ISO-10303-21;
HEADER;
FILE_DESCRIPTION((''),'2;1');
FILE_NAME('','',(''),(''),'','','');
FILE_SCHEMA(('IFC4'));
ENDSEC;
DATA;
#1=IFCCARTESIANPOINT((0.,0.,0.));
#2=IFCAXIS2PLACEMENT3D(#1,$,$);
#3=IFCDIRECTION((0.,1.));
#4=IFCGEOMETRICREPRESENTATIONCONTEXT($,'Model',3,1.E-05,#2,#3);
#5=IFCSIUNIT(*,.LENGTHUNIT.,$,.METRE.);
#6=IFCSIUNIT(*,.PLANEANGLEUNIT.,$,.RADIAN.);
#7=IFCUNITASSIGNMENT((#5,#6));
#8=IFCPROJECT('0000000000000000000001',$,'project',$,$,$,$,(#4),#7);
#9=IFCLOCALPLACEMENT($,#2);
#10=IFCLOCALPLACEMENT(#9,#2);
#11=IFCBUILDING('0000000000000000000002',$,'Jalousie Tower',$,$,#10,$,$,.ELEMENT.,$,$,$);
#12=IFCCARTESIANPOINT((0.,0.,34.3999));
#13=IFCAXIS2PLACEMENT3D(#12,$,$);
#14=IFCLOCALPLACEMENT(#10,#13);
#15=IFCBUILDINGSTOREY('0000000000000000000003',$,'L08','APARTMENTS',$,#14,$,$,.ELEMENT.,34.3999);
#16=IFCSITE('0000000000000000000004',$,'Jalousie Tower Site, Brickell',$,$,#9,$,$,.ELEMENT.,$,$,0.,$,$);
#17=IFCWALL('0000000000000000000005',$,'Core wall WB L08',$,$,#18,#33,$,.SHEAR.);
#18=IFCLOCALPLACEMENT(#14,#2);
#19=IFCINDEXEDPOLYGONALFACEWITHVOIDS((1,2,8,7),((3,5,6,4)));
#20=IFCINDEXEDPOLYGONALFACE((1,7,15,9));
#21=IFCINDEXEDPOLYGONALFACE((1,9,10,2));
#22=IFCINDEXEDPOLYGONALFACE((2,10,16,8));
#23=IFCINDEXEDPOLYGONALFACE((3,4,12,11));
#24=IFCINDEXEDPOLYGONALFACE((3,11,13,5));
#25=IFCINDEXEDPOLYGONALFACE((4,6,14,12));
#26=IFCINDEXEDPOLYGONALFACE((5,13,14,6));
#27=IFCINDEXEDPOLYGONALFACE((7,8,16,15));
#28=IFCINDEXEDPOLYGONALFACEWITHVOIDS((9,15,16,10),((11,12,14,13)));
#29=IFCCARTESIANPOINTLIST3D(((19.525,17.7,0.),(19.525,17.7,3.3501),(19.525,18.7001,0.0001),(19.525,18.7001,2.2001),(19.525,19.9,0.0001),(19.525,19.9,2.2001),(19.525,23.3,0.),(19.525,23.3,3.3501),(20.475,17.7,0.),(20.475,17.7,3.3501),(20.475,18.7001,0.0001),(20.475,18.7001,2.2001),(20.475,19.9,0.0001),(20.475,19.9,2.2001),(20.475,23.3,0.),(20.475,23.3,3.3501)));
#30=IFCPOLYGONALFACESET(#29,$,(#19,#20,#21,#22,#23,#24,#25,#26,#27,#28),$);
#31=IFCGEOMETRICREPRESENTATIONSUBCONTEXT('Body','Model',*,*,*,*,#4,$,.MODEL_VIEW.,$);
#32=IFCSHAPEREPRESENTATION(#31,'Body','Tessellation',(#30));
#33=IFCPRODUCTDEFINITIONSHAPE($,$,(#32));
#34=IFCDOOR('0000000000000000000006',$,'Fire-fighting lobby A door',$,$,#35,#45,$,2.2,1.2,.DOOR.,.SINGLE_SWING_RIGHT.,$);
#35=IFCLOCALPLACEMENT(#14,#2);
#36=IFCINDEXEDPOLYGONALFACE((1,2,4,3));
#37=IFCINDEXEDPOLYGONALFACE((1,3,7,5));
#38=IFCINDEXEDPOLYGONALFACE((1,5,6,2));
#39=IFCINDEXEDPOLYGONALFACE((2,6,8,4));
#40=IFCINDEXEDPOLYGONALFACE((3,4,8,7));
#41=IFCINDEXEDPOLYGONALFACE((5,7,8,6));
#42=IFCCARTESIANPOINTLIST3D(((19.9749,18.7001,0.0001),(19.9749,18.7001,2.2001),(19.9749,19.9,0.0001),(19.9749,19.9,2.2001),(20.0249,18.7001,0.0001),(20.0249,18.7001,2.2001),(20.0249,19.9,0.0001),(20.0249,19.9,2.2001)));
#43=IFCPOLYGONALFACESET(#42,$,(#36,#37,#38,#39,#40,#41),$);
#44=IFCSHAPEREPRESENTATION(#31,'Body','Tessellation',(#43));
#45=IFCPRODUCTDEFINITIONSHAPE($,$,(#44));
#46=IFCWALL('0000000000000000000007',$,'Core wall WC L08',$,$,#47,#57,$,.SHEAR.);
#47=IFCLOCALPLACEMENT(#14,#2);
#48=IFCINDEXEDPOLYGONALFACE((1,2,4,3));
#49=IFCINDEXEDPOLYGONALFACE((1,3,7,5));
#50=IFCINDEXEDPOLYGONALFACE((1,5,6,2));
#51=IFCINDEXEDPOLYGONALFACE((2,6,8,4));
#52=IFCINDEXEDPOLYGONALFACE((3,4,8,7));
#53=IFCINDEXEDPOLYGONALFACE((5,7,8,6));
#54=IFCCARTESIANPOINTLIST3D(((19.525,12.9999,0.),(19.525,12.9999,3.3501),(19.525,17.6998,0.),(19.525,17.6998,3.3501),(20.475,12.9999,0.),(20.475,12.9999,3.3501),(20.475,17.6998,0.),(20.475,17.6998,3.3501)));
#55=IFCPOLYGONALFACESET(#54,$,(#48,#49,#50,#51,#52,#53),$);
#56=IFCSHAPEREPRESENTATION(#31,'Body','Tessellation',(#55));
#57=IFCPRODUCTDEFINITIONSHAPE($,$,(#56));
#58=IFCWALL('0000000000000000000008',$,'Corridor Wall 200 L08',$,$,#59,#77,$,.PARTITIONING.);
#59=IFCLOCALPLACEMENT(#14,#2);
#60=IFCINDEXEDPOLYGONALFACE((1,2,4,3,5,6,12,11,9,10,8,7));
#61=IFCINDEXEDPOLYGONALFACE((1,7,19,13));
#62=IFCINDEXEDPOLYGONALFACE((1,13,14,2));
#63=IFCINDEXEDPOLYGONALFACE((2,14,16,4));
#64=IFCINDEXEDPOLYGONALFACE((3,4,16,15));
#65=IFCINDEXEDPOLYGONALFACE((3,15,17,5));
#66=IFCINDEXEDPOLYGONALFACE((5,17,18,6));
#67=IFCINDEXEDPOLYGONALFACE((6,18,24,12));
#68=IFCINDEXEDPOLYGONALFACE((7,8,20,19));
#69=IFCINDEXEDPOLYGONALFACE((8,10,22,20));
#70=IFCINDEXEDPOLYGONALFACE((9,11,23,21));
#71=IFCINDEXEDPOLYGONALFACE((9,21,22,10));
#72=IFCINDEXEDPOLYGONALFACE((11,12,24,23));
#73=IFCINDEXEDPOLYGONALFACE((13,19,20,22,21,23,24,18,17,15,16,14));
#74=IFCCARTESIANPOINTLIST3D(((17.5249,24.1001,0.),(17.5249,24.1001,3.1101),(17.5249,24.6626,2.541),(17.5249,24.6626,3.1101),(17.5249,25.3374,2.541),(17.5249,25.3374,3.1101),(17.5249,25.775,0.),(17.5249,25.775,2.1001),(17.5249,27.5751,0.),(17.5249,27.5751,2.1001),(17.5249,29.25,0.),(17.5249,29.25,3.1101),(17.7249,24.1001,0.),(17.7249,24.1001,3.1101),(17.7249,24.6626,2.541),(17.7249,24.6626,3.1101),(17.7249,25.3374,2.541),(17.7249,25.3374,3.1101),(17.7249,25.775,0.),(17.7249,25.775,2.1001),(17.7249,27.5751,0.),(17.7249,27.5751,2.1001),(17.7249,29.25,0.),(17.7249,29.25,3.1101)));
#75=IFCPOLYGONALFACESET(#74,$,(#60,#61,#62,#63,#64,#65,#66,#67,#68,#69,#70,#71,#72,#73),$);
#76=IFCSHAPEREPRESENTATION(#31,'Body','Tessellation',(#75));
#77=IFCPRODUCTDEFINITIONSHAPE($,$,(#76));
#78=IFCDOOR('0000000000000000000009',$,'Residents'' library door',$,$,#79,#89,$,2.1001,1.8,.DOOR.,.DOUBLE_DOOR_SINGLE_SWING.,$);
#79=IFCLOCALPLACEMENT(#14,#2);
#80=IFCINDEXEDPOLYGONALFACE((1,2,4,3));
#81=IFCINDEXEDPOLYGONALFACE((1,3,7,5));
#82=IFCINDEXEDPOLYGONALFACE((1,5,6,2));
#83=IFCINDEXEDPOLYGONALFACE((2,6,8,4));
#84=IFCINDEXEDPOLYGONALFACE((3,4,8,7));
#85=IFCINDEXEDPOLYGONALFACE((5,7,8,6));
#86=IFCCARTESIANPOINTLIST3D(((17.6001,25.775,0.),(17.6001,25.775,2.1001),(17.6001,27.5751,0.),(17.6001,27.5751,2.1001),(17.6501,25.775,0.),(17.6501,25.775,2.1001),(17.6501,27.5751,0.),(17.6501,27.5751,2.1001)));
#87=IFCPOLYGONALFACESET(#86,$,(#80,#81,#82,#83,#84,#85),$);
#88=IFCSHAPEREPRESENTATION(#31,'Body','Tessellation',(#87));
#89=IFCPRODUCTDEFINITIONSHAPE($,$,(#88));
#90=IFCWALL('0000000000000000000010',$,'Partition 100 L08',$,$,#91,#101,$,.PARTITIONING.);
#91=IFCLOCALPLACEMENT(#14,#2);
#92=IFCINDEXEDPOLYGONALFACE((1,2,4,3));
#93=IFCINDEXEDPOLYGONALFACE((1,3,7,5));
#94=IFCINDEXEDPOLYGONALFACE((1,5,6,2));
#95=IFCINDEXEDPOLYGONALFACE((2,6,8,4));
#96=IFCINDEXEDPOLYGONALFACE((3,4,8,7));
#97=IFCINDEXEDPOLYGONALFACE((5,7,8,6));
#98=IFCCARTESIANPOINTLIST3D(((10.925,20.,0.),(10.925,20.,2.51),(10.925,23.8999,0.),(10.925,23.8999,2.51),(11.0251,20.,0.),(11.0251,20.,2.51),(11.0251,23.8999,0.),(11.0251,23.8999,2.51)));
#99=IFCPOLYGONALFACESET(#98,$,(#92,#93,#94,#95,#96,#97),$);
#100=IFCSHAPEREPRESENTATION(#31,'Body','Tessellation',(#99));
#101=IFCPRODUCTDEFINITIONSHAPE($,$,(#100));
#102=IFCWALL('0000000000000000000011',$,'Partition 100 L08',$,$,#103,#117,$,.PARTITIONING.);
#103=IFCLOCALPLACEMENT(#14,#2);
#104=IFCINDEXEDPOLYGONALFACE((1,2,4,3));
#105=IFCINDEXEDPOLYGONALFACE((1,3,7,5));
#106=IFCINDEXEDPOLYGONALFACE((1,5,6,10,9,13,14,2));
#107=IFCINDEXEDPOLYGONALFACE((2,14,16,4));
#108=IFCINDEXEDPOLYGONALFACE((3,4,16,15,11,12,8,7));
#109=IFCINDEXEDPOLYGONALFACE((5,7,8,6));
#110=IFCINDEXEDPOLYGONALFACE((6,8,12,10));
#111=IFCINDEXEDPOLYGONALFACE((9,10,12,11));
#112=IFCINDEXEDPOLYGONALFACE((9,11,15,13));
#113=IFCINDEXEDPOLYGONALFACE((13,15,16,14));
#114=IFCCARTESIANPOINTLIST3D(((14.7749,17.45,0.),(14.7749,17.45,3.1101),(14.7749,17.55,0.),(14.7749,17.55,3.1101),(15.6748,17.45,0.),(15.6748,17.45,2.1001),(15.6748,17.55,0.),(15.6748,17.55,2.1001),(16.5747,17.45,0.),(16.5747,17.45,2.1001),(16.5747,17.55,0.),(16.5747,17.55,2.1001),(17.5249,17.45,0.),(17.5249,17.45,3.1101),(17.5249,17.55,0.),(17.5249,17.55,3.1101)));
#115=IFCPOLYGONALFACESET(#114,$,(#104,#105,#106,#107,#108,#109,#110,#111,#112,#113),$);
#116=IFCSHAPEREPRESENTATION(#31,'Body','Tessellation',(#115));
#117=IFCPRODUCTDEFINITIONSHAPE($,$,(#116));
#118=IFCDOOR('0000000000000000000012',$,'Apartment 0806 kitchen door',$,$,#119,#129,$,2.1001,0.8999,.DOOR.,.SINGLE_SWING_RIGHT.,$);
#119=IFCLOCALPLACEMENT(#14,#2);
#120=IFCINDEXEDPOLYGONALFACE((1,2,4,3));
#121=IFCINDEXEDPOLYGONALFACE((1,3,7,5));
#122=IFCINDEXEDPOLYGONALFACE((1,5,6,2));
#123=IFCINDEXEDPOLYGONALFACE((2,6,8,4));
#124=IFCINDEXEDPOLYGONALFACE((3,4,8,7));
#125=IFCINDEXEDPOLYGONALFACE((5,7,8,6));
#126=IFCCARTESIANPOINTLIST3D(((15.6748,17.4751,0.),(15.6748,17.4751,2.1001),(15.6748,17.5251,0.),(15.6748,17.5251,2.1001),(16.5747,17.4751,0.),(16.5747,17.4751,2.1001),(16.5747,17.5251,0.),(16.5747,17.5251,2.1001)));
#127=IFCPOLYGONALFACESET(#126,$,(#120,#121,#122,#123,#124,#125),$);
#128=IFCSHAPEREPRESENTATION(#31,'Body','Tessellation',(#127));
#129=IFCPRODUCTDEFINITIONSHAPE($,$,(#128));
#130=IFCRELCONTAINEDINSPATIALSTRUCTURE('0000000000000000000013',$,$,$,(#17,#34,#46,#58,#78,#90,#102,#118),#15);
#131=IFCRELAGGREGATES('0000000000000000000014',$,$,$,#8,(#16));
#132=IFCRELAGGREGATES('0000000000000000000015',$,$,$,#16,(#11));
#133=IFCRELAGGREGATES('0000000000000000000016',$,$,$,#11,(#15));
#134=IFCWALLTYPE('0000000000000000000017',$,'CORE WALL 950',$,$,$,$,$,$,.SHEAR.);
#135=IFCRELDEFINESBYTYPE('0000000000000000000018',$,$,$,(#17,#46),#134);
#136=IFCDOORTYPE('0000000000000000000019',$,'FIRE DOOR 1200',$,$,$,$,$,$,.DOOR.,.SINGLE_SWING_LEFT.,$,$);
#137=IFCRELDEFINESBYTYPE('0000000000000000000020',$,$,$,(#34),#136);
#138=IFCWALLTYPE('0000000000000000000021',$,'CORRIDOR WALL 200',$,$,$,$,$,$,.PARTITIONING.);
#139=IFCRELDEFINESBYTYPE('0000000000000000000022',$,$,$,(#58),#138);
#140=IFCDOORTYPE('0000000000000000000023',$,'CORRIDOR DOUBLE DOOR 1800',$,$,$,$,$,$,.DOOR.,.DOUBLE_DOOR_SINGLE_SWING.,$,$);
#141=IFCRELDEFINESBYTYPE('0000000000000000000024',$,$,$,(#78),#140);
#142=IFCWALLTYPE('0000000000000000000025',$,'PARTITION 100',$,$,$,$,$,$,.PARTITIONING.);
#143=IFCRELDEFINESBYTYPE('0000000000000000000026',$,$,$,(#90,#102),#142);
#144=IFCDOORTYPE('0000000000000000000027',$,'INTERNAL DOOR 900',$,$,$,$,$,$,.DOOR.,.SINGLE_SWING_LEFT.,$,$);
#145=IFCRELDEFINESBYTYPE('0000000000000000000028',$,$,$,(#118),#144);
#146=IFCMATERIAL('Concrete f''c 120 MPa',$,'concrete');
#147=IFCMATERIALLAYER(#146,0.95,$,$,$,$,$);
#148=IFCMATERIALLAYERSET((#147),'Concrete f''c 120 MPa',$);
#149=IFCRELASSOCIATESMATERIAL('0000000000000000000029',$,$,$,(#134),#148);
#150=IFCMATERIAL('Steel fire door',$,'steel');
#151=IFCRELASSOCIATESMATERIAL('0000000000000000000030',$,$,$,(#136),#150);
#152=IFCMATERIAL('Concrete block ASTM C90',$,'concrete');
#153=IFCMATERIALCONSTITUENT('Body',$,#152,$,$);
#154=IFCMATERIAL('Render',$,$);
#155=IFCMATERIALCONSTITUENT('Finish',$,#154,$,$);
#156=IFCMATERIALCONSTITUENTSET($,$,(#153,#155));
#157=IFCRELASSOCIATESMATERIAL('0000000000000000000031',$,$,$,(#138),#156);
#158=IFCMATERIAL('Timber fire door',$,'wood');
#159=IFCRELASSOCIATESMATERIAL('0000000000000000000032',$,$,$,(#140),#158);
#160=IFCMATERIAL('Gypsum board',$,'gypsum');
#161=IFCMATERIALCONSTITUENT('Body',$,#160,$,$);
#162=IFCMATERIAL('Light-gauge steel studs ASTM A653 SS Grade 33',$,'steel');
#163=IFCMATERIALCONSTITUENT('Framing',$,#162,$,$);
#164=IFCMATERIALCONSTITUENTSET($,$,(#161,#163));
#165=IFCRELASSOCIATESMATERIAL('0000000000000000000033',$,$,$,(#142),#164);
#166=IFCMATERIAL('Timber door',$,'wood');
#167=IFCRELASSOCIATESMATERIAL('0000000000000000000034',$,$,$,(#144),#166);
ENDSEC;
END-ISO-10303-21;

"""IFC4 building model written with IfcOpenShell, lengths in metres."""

from ifc_helpers import new_model, si_unit, direction, frame, frame_2d, origin, place, context, subcontext, project, spatial, polyline, rectangle, outline, extrude, material, layer, layer_set, constituent, constituent_set, type_object, element, fill, save


model = new_model("IFC4")

# Units and contexts
model_context = context("Model", 3, precision=1e-05, world=origin(), true_north=direction((0.0, 1.0)))
body_context = subcontext(model_context, "Body", "Model", "MODEL_VIEW")
ifc_project = project(units=[si_unit("LENGTHUNIT", "METRE"), si_unit("PLANEANGLEUNIT", "RADIAN")], contexts=[model_context])

# Site, building, storey
site_placement = place(None, origin())
site = spatial("IfcSite", under=ifc_project, at=site_placement, Name="Jalousie Tower Site, Brickell", CompositionType="ELEMENT", RefElevation=0.0)
building_placement = place(site_placement, origin())
building = spatial("IfcBuilding", under=site, at=building_placement, Name="Jalousie Tower", CompositionType="ELEMENT")
storey_placement = place(building_placement, frame((0.0, 0.0, 34.3999)))
storey = spatial("IfcBuildingStorey", under=building, at=storey_placement, Name="L08", Description="APARTMENTS", CompositionType="ELEMENT", Elevation=34.3999)

# Shared definitions
ifc_material_1 = material(Name="Concrete f'c 120 MPa", Category="concrete")
ifc_layer_1 = layer(ifc_material_1, 0.95)
ifc_layer_set_1 = layer_set([ifc_layer_1], Name="Concrete f'c 120 MPa")
wall_type_1 = type_object("IfcWallType", Name="CORE WALL 950", PredefinedType="SHEAR", material=ifc_layer_set_1)

# Wall, opening, door
wall_1_placement = place(storey_placement, frame((20.0, 23.3, 0.0), z_axis=(0.0, 0.0, 1.0), x_axis=(0.0, -1.0, 0.0)))
wall_1 = element("IfcWall", 1, at=wall_1_placement, inside=storey, type_object=wall_type_1, Name="Core wall WB L08", PredefinedType="SHEAR", context=body_context, shape_type="SweptSolid", body=[
    extrude(rectangle(XDim=5.6001, YDim=0.95, at=frame_2d((2.8, 0.0))), origin(), (0.0, 0.0, 1.0), 3.3501),
])
opening_1_placement = place(wall_1_placement, frame((3.3999, 0.0, 0.0)))
opening_1 = element("IfcOpeningElement", 2, at=opening_1_placement, cuts=wall_1, PredefinedType="OPENING", context=body_context, shape_type="SweptSolid", body=[
    extrude(rectangle(XDim=1.2, YDim=2.2, at=frame_2d((0.6001, 1.1001))), frame((0.0, 0.4849, 0.0), z_axis=(0.0, -1.0, 0.0), x_axis=(1.0, 0.0, 0.0)), (0.0, 0.0, 1.0), 0.97),
])
ifc_material_2 = material(Name="Steel fire door", Category="steel")
door_type_1 = type_object("IfcDoorType", Name="FIRE DOOR 1200", OperationType="SINGLE_SWING_LEFT", PredefinedType="DOOR", material=ifc_material_2)
door_1_placement = place(opening_1_placement, origin())
door_1 = element("IfcDoor", 3, at=door_1_placement, inside=storey, type_object=door_type_1, Name="Fire-fighting lobby A door", OperationType="SINGLE_SWING_RIGHT", OverallHeight=2.2, OverallWidth=1.2, PredefinedType="DOOR", context=body_context, shape_type="SweptSolid", body=[
    extrude(rectangle(XDim=1.2, YDim=2.2, at=frame_2d((0.6001, 1.1001))), frame((0.0, 0.0249, 0.0), z_axis=(0.0, -1.0, 0.0), x_axis=(1.0, 0.0, 0.0)), (0.0, 0.0, 1.0), 0.05),
])
fill(opening_1, door_1)

# Wall
wall_2_placement = place(storey_placement, frame((20.0, 17.7, 0.0), z_axis=(0.0, 0.0, 1.0), x_axis=(0.0, -1.0, 0.0)))
element("IfcWall", 4, at=wall_2_placement, inside=storey, type_object=wall_type_1, Name="Core wall WC L08", PredefinedType="SHEAR", context=body_context, shape_type="SweptSolid", body=[
    extrude(rectangle(XDim=4.7, YDim=0.95, at=frame_2d((2.3501, 0.0))), origin(), (0.0, 0.0, 1.0), 3.3501),
])

# Wall, opening, door
ifc_material_3 = material(Name="Concrete block ASTM C90", Category="concrete")
ifc_constituent_1 = constituent(ifc_material_3, Name="Body")
ifc_material_4 = material(Name="Render")
ifc_constituent_2 = constituent(ifc_material_4, Name="Finish")
ifc_constituent_set_1 = constituent_set(constituents=[ifc_constituent_1, ifc_constituent_2])
wall_type_2 = type_object("IfcWallType", Name="CORRIDOR WALL 200", PredefinedType="PARTITIONING", material=ifc_constituent_set_1)
wall_3_placement = place(storey_placement, frame((17.625, 24.1001, 0.0), z_axis=(0.0, 0.0, 1.0), x_axis=(0.0, 1.0, 0.0)))
wall_3 = element("IfcWall", 5, at=wall_3_placement, inside=storey, type_object=wall_type_2, Name="Corridor Wall 200 L08", PredefinedType="PARTITIONING", context=body_context, shape_type="SweptSolid", body=[
    extrude(outline(polyline([(0.0, 0.0), (5.1499, 0.0), (5.1499, 3.1101), (1.2373, 3.1101), (1.2373, 2.541), (0.5625, 2.541), (0.5625, 3.1101), (0.0, 3.1101), (0.0, 0.0)])), frame((0.0, 0.1001, 0.0), z_axis=(0.0, -1.0, 0.0), x_axis=(1.0, 0.0, 0.0)), (0.0, 0.0, 1.0), 0.2),
])
opening_2_placement = place(wall_3_placement, frame((1.675, 0.0, 0.0)))
opening_2 = element("IfcOpeningElement", 6, at=opening_2_placement, cuts=wall_3, PredefinedType="OPENING", context=body_context, shape_type="SweptSolid", body=[
    extrude(rectangle(XDim=1.8, YDim=2.1001, at=frame_2d((0.8999, 1.05))), frame((0.0, 0.1099, 0.0), z_axis=(0.0, -1.0, 0.0), x_axis=(1.0, 0.0, 0.0)), (0.0, 0.0, 1.0), 0.22),
])
ifc_material_5 = material(Name="Timber fire door", Category="wood")
door_type_2 = type_object("IfcDoorType", Name="CORRIDOR DOUBLE DOOR 1800", OperationType="DOUBLE_DOOR_SINGLE_SWING", PredefinedType="DOOR", material=ifc_material_5)
door_2_placement = place(opening_2_placement, origin())
door_2 = element("IfcDoor", 7, at=door_2_placement, inside=storey, type_object=door_type_2, Name="Residents' library door", OperationType="DOUBLE_DOOR_SINGLE_SWING", OverallHeight=2.1001, OverallWidth=1.8, PredefinedType="DOOR", context=body_context, shape_type="SweptSolid", body=[
    extrude(rectangle(XDim=1.8, YDim=2.1001, at=frame_2d((0.8999, 1.05))), frame((0.0, 0.0249, 0.0), z_axis=(0.0, -1.0, 0.0), x_axis=(1.0, 0.0, 0.0)), (0.0, 0.0, 1.0), 0.05),
])
fill(opening_2, door_2)

# Wall
ifc_material_6 = material(Name="Gypsum board", Category="gypsum")
ifc_constituent_3 = constituent(ifc_material_6, Name="Body")
ifc_material_7 = material(Name="Light-gauge steel studs ASTM A653 SS Grade 33", Category="steel")
ifc_constituent_4 = constituent(ifc_material_7, Name="Framing")
ifc_constituent_set_2 = constituent_set(constituents=[ifc_constituent_3, ifc_constituent_4])
wall_type_3 = type_object("IfcWallType", Name="PARTITION 100", PredefinedType="PARTITIONING", material=ifc_constituent_set_2)
wall_4_placement = place(storey_placement, frame((10.9751, 20.0, 0.0), z_axis=(0.0, 0.0, 1.0), x_axis=(0.0, 1.0, 0.0)))
element("IfcWall", 8, at=wall_4_placement, inside=storey, type_object=wall_type_3, Name="Partition 100 L08", PredefinedType="PARTITIONING", context=body_context, shape_type="SweptSolid", body=[
    extrude(outline(polyline([(0.0, 0.0), (3.8999, 0.0), (3.8999, 3.1101), (3.8999, 2.51), (0.0, 2.51), (0.0, 3.1101), (0.0, 0.0)])), frame((0.0, 0.05, 0.0), z_axis=(0.0, -1.0, 0.0), x_axis=(1.0, 0.0, 0.0)), (0.0, 0.0, 1.0), 0.1001),
])

# Wall, opening, door
wall_5_placement = place(storey_placement, frame((14.7749, 17.5, 0.0), z_axis=(0.0, 0.0, 1.0), x_axis=(1.0, 0.0, 0.0)))
wall_5 = element("IfcWall", 9, at=wall_5_placement, inside=storey, type_object=wall_type_3, Name="Partition 100 L08", PredefinedType="PARTITIONING", context=body_context, shape_type="SweptSolid", body=[
    extrude(rectangle(XDim=2.75, YDim=0.1001, at=frame_2d((1.375, 0.0))), origin(), (0.0, 0.0, 1.0), 3.1101),
])
opening_3_placement = place(wall_5_placement, frame((0.8999, 0.0, 0.0)))
opening_3 = element("IfcOpeningElement", 10, at=opening_3_placement, cuts=wall_5, PredefinedType="OPENING", context=body_context, shape_type="SweptSolid", body=[
    extrude(rectangle(XDim=0.8999, YDim=2.1001, at=frame_2d((0.45, 1.05))), frame((0.0, 0.0601, 0.0), z_axis=(0.0, -1.0, 0.0), x_axis=(1.0, 0.0, 0.0)), (0.0, 0.0, 1.0), 0.1201),
])
ifc_material_8 = material(Name="Timber door", Category="wood")
door_type_3 = type_object("IfcDoorType", Name="INTERNAL DOOR 900", OperationType="SINGLE_SWING_LEFT", PredefinedType="DOOR", material=ifc_material_8)
door_3_placement = place(opening_3_placement, frame((0.8999, 0.0, 0.0), z_axis=(0.0, 0.0, 1.0), x_axis=(-1.0, 0.0, 0.0)))
door_3 = element("IfcDoor", 11, at=door_3_placement, inside=storey, type_object=door_type_3, Name="Apartment 0806 kitchen door", OperationType="SINGLE_SWING_RIGHT", OverallHeight=2.1001, OverallWidth=0.8999, PredefinedType="DOOR", context=body_context, shape_type="SweptSolid", body=[
    extrude(rectangle(XDim=0.8999, YDim=2.1001, at=frame_2d((0.45, 1.05))), frame((0.0, 0.0249, 0.0), z_axis=(0.0, -1.0, 0.0), x_axis=(1.0, 0.0, 0.0)), (0.0, 0.0, 1.0), 0.05),
])
fill(opening_3, door_3)

save(model, "model.ifc")
